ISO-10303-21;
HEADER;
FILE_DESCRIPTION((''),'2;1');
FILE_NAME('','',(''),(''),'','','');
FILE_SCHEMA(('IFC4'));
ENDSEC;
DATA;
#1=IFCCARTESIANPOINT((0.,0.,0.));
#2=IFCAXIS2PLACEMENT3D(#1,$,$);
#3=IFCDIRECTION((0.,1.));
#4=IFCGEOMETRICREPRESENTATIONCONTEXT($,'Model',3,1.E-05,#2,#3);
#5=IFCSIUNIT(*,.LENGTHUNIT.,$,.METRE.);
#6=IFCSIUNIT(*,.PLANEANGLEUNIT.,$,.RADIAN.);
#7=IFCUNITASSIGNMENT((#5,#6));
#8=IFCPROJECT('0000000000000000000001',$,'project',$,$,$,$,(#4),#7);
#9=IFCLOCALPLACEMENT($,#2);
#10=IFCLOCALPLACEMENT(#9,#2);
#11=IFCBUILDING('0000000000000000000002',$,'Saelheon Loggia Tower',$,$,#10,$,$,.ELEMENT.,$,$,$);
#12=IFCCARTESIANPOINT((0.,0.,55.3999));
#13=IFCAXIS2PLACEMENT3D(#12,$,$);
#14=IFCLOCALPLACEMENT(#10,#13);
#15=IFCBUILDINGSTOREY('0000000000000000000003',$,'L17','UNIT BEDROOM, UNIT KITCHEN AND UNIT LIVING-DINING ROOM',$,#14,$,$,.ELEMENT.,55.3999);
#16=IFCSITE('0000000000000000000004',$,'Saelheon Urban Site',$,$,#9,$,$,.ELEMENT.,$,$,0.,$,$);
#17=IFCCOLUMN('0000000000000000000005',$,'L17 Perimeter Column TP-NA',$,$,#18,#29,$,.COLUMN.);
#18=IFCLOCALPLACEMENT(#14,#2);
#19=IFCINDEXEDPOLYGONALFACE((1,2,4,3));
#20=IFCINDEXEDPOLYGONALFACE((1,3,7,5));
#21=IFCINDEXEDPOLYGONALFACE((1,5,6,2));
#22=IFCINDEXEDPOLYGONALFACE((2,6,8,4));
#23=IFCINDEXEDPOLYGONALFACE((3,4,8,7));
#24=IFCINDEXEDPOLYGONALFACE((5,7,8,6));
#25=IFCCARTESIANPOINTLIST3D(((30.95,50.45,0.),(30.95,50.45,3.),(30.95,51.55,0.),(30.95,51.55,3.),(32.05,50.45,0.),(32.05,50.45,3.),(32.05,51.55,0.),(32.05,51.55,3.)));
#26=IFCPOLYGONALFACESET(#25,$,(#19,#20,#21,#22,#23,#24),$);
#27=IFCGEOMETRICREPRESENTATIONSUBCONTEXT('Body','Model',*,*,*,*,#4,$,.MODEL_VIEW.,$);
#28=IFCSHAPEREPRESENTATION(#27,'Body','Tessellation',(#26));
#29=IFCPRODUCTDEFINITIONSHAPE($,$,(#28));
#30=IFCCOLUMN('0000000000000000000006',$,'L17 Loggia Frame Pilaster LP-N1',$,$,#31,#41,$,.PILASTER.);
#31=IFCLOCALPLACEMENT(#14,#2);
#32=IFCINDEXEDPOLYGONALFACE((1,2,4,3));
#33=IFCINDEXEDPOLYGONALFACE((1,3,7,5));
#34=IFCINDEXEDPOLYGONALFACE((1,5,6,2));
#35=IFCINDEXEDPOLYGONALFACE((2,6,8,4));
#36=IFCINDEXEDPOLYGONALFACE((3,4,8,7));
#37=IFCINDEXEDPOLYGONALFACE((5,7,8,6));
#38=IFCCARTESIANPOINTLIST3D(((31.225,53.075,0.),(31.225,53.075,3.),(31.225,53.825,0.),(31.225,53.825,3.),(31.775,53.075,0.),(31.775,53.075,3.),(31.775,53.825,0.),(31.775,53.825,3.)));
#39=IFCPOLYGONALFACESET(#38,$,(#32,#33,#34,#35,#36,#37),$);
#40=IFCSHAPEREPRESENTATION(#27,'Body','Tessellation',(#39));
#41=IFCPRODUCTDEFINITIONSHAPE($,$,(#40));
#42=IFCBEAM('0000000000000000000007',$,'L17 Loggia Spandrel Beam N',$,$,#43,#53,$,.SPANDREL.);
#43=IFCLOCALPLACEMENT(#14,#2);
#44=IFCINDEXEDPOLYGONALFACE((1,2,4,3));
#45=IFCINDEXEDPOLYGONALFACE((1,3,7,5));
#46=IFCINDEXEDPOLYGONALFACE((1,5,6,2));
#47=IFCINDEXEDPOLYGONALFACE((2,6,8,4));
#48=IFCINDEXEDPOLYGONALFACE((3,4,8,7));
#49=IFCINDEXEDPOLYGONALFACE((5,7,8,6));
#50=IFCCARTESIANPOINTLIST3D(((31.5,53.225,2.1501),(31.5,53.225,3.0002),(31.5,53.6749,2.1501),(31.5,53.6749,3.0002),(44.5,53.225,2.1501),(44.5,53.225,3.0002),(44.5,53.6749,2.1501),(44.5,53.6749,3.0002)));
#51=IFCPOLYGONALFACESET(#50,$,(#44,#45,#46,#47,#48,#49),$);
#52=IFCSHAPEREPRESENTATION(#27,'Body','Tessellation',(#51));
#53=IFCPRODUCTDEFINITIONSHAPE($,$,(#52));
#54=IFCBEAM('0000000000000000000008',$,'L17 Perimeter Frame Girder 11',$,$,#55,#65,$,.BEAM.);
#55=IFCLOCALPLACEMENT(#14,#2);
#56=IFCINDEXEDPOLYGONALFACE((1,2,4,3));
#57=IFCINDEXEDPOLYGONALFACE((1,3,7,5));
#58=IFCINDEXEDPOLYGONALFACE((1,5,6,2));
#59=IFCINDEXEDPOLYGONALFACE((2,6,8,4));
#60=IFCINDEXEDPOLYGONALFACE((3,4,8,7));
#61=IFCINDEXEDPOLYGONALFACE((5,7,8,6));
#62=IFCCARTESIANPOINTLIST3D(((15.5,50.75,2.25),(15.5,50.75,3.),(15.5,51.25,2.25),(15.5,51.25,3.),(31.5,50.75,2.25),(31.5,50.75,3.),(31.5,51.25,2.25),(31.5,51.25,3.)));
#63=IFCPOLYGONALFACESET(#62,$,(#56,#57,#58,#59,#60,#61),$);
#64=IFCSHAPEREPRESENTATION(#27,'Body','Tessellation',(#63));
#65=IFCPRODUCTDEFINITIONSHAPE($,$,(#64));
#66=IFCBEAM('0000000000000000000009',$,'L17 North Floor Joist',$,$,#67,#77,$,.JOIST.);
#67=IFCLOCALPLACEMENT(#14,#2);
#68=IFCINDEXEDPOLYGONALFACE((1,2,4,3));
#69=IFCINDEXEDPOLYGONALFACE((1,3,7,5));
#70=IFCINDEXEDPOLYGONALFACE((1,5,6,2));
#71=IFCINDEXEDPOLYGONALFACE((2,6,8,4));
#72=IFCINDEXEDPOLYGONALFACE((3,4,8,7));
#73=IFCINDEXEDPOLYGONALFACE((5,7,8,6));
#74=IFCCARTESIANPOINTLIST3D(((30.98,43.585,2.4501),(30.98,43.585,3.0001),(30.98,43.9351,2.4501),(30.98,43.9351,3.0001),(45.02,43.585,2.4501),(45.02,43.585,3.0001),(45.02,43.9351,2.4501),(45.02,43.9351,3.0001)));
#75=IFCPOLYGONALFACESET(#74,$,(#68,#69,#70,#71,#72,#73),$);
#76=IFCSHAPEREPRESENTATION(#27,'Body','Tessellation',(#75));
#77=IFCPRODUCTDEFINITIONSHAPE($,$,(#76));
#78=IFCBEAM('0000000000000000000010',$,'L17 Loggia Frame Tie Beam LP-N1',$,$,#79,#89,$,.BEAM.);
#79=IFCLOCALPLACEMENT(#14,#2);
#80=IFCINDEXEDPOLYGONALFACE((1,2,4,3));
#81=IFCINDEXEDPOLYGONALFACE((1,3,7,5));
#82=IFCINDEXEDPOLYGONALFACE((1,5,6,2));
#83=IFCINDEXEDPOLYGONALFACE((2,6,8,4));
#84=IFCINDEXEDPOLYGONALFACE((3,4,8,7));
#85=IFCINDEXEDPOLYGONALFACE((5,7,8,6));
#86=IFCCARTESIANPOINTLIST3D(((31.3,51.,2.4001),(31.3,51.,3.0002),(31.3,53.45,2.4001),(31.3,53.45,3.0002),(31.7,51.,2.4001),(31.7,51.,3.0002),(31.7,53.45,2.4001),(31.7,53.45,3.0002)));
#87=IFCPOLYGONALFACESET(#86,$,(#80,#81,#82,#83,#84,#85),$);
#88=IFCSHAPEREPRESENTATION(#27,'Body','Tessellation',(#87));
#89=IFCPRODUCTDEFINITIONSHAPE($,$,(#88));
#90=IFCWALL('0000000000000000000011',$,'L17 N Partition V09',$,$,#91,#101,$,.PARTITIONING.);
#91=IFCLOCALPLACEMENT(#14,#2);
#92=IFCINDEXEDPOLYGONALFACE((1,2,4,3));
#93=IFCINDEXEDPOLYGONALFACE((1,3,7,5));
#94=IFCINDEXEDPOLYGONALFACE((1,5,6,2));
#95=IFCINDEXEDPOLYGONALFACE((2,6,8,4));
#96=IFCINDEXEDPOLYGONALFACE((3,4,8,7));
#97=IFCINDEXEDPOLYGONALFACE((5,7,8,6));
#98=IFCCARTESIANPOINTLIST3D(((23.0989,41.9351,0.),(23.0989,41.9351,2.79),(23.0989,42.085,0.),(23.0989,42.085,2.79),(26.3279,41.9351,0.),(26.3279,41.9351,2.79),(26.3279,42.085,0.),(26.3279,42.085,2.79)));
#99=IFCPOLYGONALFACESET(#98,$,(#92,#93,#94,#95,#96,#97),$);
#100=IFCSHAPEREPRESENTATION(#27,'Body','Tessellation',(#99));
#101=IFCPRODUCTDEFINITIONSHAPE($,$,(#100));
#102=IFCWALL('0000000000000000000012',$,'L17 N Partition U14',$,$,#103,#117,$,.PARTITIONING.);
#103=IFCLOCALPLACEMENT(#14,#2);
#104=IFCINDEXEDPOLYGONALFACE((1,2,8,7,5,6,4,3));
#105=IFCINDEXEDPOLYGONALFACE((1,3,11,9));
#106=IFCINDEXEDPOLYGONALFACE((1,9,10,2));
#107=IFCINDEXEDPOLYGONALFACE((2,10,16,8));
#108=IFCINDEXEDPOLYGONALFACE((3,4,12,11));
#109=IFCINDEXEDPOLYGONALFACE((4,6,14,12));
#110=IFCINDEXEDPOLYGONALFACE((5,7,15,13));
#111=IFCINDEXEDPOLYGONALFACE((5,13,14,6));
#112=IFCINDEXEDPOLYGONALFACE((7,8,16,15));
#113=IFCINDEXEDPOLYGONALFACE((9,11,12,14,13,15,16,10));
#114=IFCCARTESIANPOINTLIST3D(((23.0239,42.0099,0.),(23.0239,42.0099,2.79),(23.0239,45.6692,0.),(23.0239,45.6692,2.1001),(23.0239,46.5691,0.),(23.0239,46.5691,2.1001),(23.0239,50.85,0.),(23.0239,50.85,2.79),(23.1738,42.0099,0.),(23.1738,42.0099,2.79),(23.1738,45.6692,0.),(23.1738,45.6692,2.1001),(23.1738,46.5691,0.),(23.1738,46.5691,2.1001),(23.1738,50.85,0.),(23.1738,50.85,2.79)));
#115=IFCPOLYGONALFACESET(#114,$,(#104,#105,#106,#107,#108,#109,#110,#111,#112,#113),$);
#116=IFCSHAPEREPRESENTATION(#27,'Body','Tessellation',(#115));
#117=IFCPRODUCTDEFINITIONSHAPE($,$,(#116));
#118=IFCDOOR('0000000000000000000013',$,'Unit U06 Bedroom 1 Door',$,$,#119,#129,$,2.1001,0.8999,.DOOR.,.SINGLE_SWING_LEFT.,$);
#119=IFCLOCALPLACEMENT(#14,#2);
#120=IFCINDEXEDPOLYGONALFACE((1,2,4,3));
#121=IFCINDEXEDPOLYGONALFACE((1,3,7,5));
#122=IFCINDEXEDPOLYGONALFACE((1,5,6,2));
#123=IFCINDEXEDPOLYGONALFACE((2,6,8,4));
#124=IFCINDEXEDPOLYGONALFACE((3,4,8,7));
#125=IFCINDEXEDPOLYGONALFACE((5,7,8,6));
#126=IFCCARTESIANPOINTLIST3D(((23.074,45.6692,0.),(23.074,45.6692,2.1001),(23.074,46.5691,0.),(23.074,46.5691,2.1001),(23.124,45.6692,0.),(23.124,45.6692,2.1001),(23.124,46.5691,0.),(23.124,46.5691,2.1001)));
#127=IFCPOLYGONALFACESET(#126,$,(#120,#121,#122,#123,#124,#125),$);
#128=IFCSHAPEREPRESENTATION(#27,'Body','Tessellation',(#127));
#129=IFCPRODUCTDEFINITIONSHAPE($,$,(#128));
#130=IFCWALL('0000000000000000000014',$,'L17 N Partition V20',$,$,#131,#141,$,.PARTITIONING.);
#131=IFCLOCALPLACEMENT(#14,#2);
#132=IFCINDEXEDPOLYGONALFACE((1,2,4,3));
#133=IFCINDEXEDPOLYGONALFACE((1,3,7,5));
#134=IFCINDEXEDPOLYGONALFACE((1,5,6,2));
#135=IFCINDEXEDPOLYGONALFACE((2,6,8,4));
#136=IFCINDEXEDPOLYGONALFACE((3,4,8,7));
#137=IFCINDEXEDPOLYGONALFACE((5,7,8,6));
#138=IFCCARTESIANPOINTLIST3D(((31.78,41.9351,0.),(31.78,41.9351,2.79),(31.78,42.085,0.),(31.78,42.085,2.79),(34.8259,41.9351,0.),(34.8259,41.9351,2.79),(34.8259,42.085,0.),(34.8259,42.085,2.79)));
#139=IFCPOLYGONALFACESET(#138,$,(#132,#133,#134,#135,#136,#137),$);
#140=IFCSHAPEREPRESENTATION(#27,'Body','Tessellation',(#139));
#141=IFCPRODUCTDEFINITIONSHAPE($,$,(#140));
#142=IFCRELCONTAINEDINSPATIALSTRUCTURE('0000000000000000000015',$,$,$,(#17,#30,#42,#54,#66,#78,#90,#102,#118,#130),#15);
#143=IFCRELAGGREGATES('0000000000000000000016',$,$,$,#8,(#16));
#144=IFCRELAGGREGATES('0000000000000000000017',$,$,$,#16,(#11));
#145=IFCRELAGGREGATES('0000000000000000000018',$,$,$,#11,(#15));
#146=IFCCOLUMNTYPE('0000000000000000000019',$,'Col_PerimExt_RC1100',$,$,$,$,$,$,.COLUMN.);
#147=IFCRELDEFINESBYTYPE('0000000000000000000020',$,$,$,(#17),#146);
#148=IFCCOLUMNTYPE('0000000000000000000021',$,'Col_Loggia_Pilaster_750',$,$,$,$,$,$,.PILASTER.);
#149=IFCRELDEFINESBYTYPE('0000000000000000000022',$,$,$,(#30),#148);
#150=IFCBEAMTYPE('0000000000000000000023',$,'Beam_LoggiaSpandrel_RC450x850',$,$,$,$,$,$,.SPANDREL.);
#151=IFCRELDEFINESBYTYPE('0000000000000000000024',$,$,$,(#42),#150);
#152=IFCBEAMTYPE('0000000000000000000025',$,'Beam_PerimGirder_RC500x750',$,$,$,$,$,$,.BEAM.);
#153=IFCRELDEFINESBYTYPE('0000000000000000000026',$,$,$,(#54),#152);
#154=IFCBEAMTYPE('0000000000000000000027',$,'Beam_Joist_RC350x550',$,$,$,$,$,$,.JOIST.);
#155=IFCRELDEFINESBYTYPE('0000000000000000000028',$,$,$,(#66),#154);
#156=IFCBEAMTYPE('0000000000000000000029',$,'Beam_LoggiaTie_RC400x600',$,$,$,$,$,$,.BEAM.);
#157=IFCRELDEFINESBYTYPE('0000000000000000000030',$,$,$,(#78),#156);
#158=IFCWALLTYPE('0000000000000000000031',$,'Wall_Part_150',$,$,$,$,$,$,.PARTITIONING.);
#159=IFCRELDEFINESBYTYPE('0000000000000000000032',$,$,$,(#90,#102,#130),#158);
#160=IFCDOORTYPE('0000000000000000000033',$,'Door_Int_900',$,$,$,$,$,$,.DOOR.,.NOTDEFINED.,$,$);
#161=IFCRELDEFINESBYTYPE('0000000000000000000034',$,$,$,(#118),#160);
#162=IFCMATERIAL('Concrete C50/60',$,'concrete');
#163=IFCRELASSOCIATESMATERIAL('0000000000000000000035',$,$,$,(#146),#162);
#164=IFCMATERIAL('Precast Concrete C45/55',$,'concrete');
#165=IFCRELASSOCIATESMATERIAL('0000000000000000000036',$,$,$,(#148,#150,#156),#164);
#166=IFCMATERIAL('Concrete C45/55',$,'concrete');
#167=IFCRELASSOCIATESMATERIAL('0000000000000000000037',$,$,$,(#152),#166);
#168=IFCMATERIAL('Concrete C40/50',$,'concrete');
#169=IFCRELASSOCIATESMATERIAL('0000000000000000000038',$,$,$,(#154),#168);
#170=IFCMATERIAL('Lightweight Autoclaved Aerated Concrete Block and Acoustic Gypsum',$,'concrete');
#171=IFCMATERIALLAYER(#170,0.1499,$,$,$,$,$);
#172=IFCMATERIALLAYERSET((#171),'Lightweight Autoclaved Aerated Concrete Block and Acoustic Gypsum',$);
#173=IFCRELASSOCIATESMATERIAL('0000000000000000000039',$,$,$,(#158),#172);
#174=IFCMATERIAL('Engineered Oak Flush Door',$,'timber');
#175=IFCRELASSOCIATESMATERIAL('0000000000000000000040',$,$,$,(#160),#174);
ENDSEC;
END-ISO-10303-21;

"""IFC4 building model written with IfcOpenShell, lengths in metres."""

from ifc_helpers import new_model, si_unit, direction, frame, frame_2d, origin, origin_2d, place, context, subcontext, project, spatial, rectangle, extrude, source, transform, mapped, material, layer, layer_set, material_profile, profile_set, type_object, element, fill, save


model = new_model("IFC4")

# Units and contexts
model_context = context("Model", 3, precision=1e-05, world=origin(), true_north=direction((0.0, 1.0)))
body_context = subcontext(model_context, "Body", "Model", "MODEL_VIEW")
ifc_project = project(units=[si_unit("LENGTHUNIT", "METRE"), si_unit("PLANEANGLEUNIT", "RADIAN")], contexts=[model_context])

# Site, building, storey
site_placement = place(None, origin())
site = spatial("IfcSite", under=ifc_project, at=site_placement, Name="Saelheon Urban Site", CompositionType="ELEMENT", RefElevation=0.0)
building_placement = place(site_placement, origin())
building = spatial("IfcBuilding", under=site, at=building_placement, Name="Saelheon Loggia Tower", CompositionType="ELEMENT")
storey_placement = place(building_placement, frame((0.0, 0.0, 55.3999)))
storey = spatial("IfcBuildingStorey", under=building, at=storey_placement, Name="L17", Description="UNIT BEDROOM, UNIT KITCHEN AND UNIT LIVING-DINING ROOM", CompositionType="ELEMENT", Elevation=55.3999)

# Columns
ifc_material_1 = material(Name="Concrete C50/60", Category="concrete")
ifc_material_profile_1 = material_profile(ifc_material_1, rectangle(XDim=1.1001, YDim=1.1001, at=origin_2d()), Name="RC-1100x1100")
ifc_profile_set_1 = profile_set([ifc_material_profile_1], Name="Concrete C50/60")
column_type_1 = type_object("IfcColumnType", Name="Col_PerimExt_RC1100", PredefinedType="COLUMN", material=ifc_profile_set_1)
shared_shape_1 = source(origin(), body_context, "Body", "SweptSolid", [
    extrude(rectangle(XDim=1.1001, YDim=1.1001, at=origin_2d()), origin(), (0.0, 0.0, 1.0), 3.0),
])
column_1_placement = place(storey_placement, frame((31.5, 51.0, 0.0), z_axis=(0.0, 0.0, 1.0), x_axis=(1.0, 0.0, 0.0)))
element("IfcColumn", 1, at=column_1_placement, inside=storey, type_object=column_type_1, Name="L17 Perimeter Column TP-NA", PredefinedType="COLUMN", context=body_context, shape_type="MappedRepresentation", body=[
    mapped(shared_shape_1, transform((0.0, 0.0, 0.0), scale=1.0)),
])
ifc_material_2 = material(Name="Precast Concrete C45/55", Category="concrete")
ifc_material_profile_2 = material_profile(ifc_material_2, rectangle(XDim=0.55, YDim=0.75, at=origin_2d()), Name="RC-550x750")
ifc_profile_set_2 = profile_set([ifc_material_profile_2], Name="Precast Concrete C45/55")
column_type_2 = type_object("IfcColumnType", Name="Col_Loggia_Pilaster_750", PredefinedType="PILASTER", material=ifc_profile_set_2)
shared_shape_2 = source(origin(), body_context, "Body", "SweptSolid", [
    extrude(rectangle(XDim=0.55, YDim=0.75, at=origin_2d()), origin(), (0.0, 0.0, 1.0), 3.0),
])
column_2_placement = place(storey_placement, frame((31.5, 53.45, 0.0), z_axis=(0.0, 0.0, 1.0), x_axis=(1.0, 0.0, 0.0)))
element("IfcColumn", 2, at=column_2_placement, inside=storey, type_object=column_type_2, Name="L17 Loggia Frame Pilaster LP-N1", PredefinedType="PILASTER", context=body_context, shape_type="MappedRepresentation", body=[
    mapped(shared_shape_2, transform((0.0, 0.0, 0.0), scale=1.0)),
])

# Beams
ifc_material_profile_3 = material_profile(ifc_material_2, rectangle(XDim=0.45, YDim=0.8501, at=origin_2d()), Name="RC-450x850")
ifc_profile_set_3 = profile_set([ifc_material_profile_3], Name="Precast Concrete C45/55")
beam_type_1 = type_object("IfcBeamType", Name="Beam_LoggiaSpandrel_RC450x850", PredefinedType="SPANDREL", material=ifc_profile_set_3)
shared_shape_3 = source(origin(), body_context, "Body", "SweptSolid", [
    extrude(rectangle(XDim=0.45, YDim=0.8501, at=origin_2d()), origin(), (0.0, 0.0, 1.0), 13.0),
])
beam_1_placement = place(storey_placement, frame((31.5, 53.45, 2.5752), z_axis=(1.0, 0.0, 0.0), x_axis=(0.0, 1.0, 0.0)))
element("IfcBeam", 3, at=beam_1_placement, inside=storey, type_object=beam_type_1, Name="L17 Loggia Spandrel Beam N", PredefinedType="SPANDREL", context=body_context, shape_type="MappedRepresentation", body=[
    mapped(shared_shape_3, transform((0.0, 0.0, 0.0), scale=1.0)),
])
ifc_material_3 = material(Name="Concrete C45/55", Category="concrete")
ifc_material_profile_4 = material_profile(ifc_material_3, rectangle(XDim=0.5, YDim=0.75, at=origin_2d()), Name="RC-500x750")
ifc_profile_set_4 = profile_set([ifc_material_profile_4], Name="Concrete C45/55")
beam_type_2 = type_object("IfcBeamType", Name="Beam_PerimGirder_RC500x750", PredefinedType="BEAM", material=ifc_profile_set_4)
shared_shape_4 = source(origin(), body_context, "Body", "SweptSolid", [
    extrude(rectangle(XDim=0.5, YDim=0.75, at=origin_2d()), origin(), (0.0, 0.0, 1.0), 16.0),
])
beam_2_placement = place(storey_placement, frame((31.5, 51.0, 2.625), z_axis=(-1.0, 0.0, 0.0), x_axis=(0.0, -1.0, 0.0)))
element("IfcBeam", 4, at=beam_2_placement, inside=storey, type_object=beam_type_2, Name="L17 Perimeter Frame Girder 11", PredefinedType="BEAM", context=body_context, shape_type="MappedRepresentation", body=[
    mapped(shared_shape_4, transform((0.0, 0.0, 0.0), scale=1.0)),
])
ifc_material_4 = material(Name="Concrete C40/50", Category="concrete")
ifc_material_profile_5 = material_profile(ifc_material_4, rectangle(XDim=0.3501, YDim=0.55, at=origin_2d()), Name="RC-350x550")
ifc_profile_set_5 = profile_set([ifc_material_profile_5], Name="Concrete C40/50")
beam_type_3 = type_object("IfcBeamType", Name="Beam_Joist_RC350x550", PredefinedType="JOIST", material=ifc_profile_set_5)
shared_shape_5 = source(origin(), body_context, "Body", "SweptSolid", [
    extrude(rectangle(XDim=0.3501, YDim=0.55, at=origin_2d()), origin(), (0.0, 0.0, 1.0), 14.04),
])
beam_3_placement = place(storey_placement, frame((30.98, 43.76, 2.7251), z_axis=(1.0, 0.0, 0.0), x_axis=(0.0, 1.0, 0.0)))
element("IfcBeam", 5, at=beam_3_placement, inside=storey, type_object=beam_type_3, Name="L17 North Floor Joist", PredefinedType="JOIST", context=body_context, shape_type="MappedRepresentation", body=[
    mapped(shared_shape_5, transform((0.0, 0.0, 0.0), scale=1.0)),
])
ifc_material_profile_6 = material_profile(ifc_material_2, rectangle(XDim=0.3999, YDim=0.6001, at=origin_2d()), Name="RC-400x600")
ifc_profile_set_6 = profile_set([ifc_material_profile_6], Name="Precast Concrete C45/55")
beam_type_4 = type_object("IfcBeamType", Name="Beam_LoggiaTie_RC400x600", PredefinedType="BEAM", material=ifc_profile_set_6)
shared_shape_6 = source(origin(), body_context, "Body", "SweptSolid", [
    extrude(rectangle(XDim=0.3999, YDim=0.6001, at=origin_2d()), origin(), (0.0, 0.0, 1.0), 2.45),
])
beam_4_placement = place(storey_placement, frame((31.5, 51.0, 2.7002), z_axis=(0.0, 1.0, 0.0), x_axis=(-1.0, 0.0, 0.0)))
element("IfcBeam", 6, at=beam_4_placement, inside=storey, type_object=beam_type_4, Name="L17 Loggia Frame Tie Beam LP-N1", PredefinedType="BEAM", context=body_context, shape_type="MappedRepresentation", body=[
    mapped(shared_shape_6, transform((0.0, 0.0, 0.0), scale=1.0)),
])

# Wall
ifc_material_5 = material(Name="Lightweight Autoclaved Aerated Concrete Block and Acoustic Gypsum", Category="concrete")
ifc_layer_1 = layer(ifc_material_5, 0.1499)
ifc_layer_set_1 = layer_set([ifc_layer_1], Name="Lightweight Autoclaved Aerated Concrete Block and Acoustic Gypsum")
wall_type_1 = type_object("IfcWallType", Name="Wall_Part_150", PredefinedType="PARTITIONING", material=ifc_layer_set_1)
wall_1_placement = place(storey_placement, frame((23.0989, 42.01, 0.0), z_axis=(0.0, 0.0, 1.0), x_axis=(1.0, 0.0, 0.0)))
element("IfcWall", 7, at=wall_1_placement, inside=storey, type_object=wall_type_1, Name="L17 N Partition V09", PredefinedType="PARTITIONING", context=body_context, shape_type="SweptSolid", body=[
    extrude(rectangle(XDim=3.229, YDim=0.1499, at=frame_2d((1.6145, 0.0))), origin(), (0.0, 0.0, 1.0), 2.79),
])

# Wall, opening, door
wall_2_placement = place(storey_placement, frame((23.0989, 42.01, 0.0), z_axis=(0.0, 0.0, 1.0), x_axis=(0.0, 1.0, 0.0)))
wall_2 = element("IfcWall", 8, at=wall_2_placement, inside=storey, type_object=wall_type_1, Name="L17 N Partition U14", PredefinedType="PARTITIONING", context=body_context, shape_type="SweptSolid", body=[
    extrude(rectangle(XDim=8.8401, YDim=0.1499, at=frame_2d((4.4199, 0.0))), origin(), (0.0, 0.0, 1.0), 2.79),
])
opening_1_placement = place(wall_2_placement, frame((3.6592, 0.0, 0.0)))
opening_1 = element("IfcOpeningElement", 9, at=opening_1_placement, cuts=wall_2, PredefinedType="OPENING", context=body_context, shape_type="SweptSolid", body=[
    extrude(rectangle(XDim=0.8999, YDim=2.1001, at=frame_2d((0.45, 1.05))), frame((0.0, 0.0869, 0.0), z_axis=(0.0, -1.0, 0.0), x_axis=(1.0, 0.0, 0.0)), (0.0, 0.0, 1.0), 0.1738),
])
ifc_material_6 = material(Name="Engineered Oak Flush Door", Category="timber")
door_type_1 = type_object("IfcDoorType", Name="Door_Int_900", OperationType="NOTDEFINED", PredefinedType="DOOR", material=ifc_material_6)
shared_shape_7 = source(origin(), body_context, "Body", "SweptSolid", [
    extrude(rectangle(XDim=0.8999, YDim=2.1001, at=frame_2d((0.45, 1.05))), frame((0.0, 0.0249, 0.0), z_axis=(0.0, -1.0, 0.0), x_axis=(1.0, 0.0, 0.0)), (0.0, 0.0, 1.0), 0.05),
])
door_1_placement = place(opening_1_placement, origin())
door_1 = element("IfcDoor", 10, at=door_1_placement, inside=storey, type_object=door_type_1, Name="Unit U06 Bedroom 1 Door", OperationType="SINGLE_SWING_LEFT", OverallHeight=2.1001, OverallWidth=0.8999, PredefinedType="DOOR", context=body_context, shape_type="MappedRepresentation", body=[
    mapped(shared_shape_7, transform((0.0, 0.0, 0.0), scale=1.0)),
])
fill(opening_1, door_1)

# Wall
wall_3_placement = place(storey_placement, frame((31.78, 42.01, 0.0), z_axis=(0.0, 0.0, 1.0), x_axis=(1.0, 0.0, 0.0)))
element("IfcWall", 11, at=wall_3_placement, inside=storey, type_object=wall_type_1, Name="L17 N Partition V20", PredefinedType="PARTITIONING", context=body_context, shape_type="SweptSolid", body=[
    extrude(rectangle(XDim=3.0459, YDim=0.1499, at=frame_2d((1.5229, 0.0))), origin(), (0.0, 0.0, 1.0), 2.79),
])

save(model, "model.ifc")
